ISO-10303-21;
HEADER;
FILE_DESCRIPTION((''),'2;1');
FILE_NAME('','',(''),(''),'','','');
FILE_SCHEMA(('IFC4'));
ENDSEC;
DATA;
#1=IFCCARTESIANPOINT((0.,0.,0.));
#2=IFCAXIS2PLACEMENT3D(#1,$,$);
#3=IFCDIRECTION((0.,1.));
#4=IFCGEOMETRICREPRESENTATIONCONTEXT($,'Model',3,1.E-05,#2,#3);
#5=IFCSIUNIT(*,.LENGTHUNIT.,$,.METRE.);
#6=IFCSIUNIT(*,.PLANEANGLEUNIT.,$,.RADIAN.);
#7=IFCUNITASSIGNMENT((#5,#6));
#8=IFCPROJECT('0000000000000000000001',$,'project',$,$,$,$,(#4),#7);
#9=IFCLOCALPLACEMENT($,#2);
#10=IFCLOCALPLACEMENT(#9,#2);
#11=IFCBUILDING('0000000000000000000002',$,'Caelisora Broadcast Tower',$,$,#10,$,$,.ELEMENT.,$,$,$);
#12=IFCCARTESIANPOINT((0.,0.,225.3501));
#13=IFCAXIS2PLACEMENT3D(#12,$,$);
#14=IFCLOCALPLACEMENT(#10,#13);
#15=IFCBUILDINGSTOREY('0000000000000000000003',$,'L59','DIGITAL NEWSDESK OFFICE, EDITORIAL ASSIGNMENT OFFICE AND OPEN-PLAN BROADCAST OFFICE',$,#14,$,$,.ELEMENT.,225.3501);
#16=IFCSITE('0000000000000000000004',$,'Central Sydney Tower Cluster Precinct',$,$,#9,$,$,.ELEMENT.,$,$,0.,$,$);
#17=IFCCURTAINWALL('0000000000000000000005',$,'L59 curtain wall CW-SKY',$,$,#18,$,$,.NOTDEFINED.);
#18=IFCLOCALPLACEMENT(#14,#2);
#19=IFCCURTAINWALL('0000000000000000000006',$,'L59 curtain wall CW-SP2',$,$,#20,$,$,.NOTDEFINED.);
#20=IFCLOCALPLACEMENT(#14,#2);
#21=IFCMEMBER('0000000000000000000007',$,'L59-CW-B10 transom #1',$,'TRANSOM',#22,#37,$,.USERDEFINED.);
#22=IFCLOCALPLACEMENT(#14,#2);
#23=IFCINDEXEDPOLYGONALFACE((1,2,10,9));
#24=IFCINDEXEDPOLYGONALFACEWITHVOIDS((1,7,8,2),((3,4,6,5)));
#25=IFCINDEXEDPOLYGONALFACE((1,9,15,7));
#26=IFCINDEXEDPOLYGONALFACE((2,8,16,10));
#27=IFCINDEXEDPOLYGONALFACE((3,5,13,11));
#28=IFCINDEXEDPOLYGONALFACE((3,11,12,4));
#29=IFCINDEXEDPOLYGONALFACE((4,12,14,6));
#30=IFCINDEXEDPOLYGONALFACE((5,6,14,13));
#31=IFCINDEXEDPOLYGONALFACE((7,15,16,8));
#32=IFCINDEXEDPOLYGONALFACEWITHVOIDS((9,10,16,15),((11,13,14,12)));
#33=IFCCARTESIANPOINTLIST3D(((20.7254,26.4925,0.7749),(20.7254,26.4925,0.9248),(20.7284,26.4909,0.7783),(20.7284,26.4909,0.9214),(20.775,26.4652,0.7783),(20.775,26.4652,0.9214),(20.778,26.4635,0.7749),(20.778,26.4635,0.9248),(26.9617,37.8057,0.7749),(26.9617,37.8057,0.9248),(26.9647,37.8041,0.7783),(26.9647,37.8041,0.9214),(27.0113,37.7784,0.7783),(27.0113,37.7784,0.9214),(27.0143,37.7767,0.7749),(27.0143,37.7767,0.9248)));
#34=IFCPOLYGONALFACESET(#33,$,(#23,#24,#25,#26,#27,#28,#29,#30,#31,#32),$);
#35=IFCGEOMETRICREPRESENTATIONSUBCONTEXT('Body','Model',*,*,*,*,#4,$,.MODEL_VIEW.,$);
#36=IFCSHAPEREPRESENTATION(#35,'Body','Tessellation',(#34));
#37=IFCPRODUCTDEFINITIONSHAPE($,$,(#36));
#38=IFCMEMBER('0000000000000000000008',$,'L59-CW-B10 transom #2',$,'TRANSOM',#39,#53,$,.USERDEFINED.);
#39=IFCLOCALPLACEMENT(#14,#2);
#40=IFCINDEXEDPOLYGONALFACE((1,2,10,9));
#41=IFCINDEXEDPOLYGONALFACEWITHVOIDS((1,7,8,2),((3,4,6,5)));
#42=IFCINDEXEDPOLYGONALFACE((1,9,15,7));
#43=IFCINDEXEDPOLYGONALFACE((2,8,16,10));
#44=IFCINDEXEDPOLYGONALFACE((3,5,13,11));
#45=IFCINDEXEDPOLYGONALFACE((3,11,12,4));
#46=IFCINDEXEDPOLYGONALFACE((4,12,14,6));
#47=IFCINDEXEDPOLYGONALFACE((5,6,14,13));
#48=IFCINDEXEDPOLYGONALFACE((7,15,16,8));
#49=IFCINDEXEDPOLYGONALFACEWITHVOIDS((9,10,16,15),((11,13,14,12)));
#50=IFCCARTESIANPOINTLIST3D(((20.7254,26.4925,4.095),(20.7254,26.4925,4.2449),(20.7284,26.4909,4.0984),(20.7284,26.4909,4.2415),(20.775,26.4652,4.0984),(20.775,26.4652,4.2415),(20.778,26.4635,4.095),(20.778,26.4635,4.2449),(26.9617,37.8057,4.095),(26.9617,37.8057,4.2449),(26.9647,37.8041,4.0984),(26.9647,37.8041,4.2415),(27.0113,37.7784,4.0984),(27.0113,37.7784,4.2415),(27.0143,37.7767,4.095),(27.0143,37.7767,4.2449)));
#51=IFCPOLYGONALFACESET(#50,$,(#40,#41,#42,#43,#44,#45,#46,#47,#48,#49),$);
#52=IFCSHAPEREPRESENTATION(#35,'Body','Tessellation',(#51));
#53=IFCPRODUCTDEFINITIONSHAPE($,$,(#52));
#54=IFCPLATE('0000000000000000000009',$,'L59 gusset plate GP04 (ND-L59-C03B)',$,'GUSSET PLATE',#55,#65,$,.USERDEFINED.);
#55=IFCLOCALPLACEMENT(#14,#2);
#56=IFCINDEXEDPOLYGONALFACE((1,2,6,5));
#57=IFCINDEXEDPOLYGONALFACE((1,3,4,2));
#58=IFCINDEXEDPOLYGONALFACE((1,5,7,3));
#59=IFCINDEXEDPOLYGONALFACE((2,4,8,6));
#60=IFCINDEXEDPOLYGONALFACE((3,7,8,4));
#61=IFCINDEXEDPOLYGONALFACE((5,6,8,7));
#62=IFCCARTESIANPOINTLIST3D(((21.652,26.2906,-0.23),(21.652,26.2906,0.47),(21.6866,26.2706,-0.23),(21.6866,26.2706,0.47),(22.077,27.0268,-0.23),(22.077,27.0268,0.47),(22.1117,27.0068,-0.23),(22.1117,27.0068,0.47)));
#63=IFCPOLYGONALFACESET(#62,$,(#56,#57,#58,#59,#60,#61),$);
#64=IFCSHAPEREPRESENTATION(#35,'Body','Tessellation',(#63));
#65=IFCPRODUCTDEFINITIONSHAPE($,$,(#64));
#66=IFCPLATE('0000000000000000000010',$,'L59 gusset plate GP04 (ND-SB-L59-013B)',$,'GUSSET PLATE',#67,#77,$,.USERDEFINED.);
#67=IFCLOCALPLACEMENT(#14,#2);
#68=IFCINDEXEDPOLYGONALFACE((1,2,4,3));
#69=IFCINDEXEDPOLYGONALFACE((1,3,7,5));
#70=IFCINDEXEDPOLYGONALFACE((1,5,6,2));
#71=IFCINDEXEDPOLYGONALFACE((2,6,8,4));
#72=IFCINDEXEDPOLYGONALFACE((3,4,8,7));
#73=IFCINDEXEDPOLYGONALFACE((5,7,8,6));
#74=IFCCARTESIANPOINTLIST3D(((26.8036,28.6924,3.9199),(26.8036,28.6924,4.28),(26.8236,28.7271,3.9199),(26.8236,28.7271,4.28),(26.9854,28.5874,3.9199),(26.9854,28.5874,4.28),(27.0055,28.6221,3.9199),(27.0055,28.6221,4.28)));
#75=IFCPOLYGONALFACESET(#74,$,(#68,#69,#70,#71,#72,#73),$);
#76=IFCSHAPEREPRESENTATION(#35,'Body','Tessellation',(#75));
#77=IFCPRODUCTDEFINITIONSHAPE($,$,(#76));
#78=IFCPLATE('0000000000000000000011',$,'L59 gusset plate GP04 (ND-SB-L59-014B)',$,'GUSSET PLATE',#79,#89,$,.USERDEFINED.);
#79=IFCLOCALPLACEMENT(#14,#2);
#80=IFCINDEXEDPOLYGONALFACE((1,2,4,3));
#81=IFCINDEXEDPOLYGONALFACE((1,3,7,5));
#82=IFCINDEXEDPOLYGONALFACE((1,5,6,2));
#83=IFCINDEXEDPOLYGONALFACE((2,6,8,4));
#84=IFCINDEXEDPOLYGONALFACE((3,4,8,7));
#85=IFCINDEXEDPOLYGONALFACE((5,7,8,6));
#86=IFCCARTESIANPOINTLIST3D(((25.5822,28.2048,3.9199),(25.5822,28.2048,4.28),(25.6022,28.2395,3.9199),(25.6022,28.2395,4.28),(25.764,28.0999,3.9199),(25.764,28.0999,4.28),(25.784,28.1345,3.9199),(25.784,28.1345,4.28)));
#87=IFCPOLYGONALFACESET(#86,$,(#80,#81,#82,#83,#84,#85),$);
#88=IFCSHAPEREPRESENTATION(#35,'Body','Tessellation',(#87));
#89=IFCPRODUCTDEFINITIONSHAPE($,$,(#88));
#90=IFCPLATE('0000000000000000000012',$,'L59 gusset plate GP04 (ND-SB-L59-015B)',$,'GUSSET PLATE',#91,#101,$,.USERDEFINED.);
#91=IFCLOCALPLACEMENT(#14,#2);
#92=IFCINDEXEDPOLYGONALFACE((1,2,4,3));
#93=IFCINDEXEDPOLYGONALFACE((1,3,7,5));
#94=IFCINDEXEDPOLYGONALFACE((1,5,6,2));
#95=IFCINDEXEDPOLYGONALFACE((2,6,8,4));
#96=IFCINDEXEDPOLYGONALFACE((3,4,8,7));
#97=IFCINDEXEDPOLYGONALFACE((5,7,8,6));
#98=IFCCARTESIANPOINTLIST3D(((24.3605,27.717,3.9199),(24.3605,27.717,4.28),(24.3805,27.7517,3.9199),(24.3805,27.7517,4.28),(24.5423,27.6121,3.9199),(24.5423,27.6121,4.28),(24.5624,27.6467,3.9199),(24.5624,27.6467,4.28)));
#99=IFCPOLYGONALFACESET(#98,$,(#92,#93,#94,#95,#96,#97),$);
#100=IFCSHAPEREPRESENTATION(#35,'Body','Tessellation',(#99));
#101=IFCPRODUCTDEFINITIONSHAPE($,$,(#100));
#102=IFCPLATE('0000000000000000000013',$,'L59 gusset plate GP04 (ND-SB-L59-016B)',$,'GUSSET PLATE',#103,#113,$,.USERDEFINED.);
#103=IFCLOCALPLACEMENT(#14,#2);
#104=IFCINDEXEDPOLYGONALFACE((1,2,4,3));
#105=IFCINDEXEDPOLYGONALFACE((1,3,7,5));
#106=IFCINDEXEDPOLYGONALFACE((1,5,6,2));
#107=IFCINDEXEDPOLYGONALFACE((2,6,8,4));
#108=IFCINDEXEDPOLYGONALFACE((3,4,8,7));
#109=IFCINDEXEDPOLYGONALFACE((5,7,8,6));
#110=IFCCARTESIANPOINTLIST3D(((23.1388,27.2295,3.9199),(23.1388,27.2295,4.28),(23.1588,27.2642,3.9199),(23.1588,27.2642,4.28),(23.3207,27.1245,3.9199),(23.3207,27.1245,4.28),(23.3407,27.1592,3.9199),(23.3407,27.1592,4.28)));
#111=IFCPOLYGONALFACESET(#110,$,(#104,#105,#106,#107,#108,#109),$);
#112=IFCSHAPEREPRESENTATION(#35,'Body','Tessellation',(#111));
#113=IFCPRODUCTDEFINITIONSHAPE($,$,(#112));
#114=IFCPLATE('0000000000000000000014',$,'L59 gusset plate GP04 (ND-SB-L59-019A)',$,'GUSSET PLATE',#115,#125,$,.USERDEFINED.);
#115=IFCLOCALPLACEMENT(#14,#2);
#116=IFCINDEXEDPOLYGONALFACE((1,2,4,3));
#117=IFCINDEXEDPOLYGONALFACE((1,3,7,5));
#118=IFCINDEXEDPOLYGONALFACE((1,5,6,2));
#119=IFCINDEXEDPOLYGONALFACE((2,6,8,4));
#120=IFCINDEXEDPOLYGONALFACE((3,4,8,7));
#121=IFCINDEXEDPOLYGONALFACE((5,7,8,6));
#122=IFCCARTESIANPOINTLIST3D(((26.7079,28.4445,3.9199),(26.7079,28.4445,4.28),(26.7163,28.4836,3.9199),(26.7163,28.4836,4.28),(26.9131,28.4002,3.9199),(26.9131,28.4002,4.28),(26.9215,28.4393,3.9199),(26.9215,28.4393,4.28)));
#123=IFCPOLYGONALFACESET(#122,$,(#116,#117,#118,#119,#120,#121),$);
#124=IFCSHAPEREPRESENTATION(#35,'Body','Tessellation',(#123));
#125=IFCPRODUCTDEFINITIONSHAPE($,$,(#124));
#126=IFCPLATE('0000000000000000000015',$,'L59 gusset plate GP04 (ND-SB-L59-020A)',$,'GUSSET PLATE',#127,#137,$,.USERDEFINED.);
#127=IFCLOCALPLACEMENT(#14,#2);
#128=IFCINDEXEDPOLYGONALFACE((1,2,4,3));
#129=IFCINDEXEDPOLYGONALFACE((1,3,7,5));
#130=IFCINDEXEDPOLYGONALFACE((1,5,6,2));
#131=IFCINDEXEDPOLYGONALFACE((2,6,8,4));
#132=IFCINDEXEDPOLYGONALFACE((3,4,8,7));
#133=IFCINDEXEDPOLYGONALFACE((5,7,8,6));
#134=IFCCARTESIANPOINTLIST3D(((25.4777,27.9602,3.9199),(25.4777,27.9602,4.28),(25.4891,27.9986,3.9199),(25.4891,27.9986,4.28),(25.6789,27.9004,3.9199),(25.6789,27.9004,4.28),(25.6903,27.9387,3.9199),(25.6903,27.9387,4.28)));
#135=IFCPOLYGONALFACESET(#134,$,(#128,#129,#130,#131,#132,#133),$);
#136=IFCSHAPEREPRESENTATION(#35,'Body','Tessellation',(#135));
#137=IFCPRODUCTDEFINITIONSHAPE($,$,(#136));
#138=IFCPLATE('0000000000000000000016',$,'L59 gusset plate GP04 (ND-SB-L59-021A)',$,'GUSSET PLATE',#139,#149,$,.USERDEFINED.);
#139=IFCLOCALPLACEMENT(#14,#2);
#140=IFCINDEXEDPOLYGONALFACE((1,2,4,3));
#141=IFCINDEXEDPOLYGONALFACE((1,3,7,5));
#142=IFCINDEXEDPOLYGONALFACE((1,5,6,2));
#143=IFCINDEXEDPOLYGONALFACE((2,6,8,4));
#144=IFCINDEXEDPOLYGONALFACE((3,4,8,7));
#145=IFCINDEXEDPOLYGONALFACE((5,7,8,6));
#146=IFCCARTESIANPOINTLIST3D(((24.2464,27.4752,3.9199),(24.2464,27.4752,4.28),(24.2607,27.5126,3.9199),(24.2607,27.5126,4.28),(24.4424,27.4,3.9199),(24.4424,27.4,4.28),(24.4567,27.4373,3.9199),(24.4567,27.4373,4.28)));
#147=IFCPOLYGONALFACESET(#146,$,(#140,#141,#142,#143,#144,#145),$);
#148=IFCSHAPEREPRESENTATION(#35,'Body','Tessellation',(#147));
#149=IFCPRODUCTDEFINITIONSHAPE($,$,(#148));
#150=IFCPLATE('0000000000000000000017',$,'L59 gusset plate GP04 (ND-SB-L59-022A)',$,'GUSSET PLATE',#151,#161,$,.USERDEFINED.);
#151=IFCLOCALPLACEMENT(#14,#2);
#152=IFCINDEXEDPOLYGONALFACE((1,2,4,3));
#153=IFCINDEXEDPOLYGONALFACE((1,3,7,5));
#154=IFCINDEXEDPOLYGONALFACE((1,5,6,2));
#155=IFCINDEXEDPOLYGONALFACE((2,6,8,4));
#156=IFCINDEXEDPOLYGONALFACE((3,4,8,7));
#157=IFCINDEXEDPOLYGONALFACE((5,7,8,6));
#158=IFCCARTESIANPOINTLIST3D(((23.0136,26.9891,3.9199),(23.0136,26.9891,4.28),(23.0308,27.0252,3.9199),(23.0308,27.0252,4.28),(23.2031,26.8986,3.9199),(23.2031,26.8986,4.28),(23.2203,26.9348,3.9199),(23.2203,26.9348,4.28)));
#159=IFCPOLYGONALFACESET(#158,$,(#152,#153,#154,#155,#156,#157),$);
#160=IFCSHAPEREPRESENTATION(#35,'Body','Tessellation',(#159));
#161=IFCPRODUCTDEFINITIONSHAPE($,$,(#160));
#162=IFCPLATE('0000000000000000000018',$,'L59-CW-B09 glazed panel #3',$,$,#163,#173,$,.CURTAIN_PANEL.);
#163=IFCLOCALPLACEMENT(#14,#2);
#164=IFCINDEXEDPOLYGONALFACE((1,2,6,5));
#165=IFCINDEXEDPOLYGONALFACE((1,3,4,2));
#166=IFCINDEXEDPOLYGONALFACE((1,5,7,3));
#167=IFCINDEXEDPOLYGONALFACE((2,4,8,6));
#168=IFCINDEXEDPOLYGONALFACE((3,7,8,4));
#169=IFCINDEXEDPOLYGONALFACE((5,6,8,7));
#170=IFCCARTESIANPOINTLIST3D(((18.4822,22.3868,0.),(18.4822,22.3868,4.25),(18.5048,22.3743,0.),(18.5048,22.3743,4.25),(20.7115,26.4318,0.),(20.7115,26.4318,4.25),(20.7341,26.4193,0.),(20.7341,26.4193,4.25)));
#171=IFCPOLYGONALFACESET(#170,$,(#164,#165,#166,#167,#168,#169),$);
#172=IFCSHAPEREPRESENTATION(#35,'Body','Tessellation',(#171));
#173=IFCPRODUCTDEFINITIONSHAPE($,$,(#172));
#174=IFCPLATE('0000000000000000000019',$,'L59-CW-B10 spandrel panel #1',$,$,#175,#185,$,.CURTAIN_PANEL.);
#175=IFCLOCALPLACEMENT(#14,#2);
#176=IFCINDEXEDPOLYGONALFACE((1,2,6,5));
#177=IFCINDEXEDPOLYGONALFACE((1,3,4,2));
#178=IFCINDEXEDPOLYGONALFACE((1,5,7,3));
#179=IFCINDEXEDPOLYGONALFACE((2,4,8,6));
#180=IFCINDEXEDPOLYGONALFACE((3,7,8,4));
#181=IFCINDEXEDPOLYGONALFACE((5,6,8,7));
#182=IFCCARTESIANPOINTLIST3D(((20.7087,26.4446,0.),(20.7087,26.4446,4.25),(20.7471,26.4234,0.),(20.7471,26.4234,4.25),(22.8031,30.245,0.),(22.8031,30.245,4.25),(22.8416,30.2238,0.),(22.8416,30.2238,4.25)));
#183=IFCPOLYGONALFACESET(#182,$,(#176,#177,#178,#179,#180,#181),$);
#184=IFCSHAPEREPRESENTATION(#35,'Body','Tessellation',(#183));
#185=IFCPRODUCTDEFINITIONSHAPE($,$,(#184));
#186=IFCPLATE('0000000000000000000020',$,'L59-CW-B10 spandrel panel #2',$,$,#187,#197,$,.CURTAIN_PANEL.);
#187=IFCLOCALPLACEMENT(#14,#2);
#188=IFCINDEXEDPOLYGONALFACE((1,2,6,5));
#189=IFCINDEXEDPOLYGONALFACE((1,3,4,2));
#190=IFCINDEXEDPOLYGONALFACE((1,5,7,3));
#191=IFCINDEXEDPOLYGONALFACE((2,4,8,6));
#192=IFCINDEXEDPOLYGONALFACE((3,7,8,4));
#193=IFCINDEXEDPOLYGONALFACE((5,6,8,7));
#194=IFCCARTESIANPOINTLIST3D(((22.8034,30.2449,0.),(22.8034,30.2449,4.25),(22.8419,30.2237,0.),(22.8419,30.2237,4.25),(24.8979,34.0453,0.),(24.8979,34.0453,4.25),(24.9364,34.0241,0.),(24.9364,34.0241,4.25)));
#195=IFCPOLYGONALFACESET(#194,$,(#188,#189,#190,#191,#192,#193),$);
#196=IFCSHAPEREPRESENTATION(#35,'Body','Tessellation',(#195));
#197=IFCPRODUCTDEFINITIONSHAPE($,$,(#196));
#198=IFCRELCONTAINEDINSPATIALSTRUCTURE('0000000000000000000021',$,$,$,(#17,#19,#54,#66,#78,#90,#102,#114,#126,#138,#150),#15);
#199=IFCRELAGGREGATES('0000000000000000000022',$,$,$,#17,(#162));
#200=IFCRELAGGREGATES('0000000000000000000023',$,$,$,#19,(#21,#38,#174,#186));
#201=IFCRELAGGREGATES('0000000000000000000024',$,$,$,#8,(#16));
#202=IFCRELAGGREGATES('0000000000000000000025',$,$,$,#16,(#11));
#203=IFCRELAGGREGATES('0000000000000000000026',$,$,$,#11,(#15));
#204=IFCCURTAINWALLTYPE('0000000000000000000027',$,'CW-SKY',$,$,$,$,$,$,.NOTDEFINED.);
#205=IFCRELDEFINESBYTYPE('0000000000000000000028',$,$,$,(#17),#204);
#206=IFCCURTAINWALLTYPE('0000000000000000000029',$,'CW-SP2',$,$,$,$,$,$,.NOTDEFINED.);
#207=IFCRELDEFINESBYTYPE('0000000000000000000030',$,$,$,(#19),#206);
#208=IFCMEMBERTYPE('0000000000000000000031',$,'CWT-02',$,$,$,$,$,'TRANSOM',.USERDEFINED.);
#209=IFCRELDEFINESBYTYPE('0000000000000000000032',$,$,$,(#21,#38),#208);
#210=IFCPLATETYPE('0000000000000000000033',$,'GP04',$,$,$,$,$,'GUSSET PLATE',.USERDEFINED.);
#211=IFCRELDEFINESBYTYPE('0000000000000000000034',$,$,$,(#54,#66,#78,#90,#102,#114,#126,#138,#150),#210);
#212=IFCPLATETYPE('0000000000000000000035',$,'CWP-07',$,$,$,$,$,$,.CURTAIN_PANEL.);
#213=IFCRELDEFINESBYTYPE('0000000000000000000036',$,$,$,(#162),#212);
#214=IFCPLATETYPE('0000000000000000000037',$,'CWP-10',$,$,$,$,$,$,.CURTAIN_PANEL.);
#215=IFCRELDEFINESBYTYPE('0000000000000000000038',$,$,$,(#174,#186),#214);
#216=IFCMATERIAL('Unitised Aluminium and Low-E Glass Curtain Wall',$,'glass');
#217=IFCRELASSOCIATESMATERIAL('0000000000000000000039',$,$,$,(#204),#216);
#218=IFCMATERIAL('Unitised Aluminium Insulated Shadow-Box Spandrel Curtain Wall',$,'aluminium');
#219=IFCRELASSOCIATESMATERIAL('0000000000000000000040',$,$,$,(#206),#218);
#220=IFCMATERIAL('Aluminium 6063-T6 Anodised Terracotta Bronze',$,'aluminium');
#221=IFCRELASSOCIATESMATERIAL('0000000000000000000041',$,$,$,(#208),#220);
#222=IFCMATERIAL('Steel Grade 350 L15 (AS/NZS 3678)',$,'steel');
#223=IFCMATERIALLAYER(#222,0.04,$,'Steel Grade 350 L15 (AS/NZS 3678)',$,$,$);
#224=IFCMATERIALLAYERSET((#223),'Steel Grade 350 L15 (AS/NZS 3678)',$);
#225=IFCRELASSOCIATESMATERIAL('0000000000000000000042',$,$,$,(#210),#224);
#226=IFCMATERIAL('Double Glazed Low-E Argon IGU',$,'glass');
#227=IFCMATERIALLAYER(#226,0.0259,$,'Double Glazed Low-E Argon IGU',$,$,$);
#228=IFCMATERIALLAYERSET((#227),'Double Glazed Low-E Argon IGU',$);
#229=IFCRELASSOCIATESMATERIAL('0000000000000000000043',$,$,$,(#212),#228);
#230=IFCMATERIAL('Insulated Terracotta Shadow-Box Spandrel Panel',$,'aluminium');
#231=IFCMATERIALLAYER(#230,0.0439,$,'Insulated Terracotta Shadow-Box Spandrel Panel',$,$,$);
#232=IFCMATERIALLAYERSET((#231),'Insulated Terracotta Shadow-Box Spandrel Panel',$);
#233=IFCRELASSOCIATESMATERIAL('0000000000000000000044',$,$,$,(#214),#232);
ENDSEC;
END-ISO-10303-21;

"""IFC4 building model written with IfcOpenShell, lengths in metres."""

from ifc_helpers import new_model, si_unit, direction, frame, origin, origin_2d, place, context, subcontext, project, spatial, rectangle, hollow_rectangle, extrude, source, transform, mapped, material, layer, layer_set, material_profile, profile_set, type_object, type_shapes, element, aggregate, save


model = new_model("IFC4")

# Units and contexts
model_context = context("Model", 3, precision=1e-05, world=origin(), true_north=direction((0.0, 1.0)))
body_context = subcontext(model_context, "Body", "Model", "MODEL_VIEW")
ifc_project = project(units=[si_unit("LENGTHUNIT", "METRE"), si_unit("PLANEANGLEUNIT", "RADIAN")], contexts=[model_context])

# Site, building, storey
site_placement = place(None, origin())
site = spatial("IfcSite", under=ifc_project, at=site_placement, Name="Central Sydney Tower Cluster Precinct", CompositionType="ELEMENT", RefElevation=0.0)
building_placement = place(site_placement, origin())
building = spatial("IfcBuilding", under=site, at=building_placement, Name="Caelisora Broadcast Tower", CompositionType="ELEMENT")
storey_placement = place(building_placement, frame((0.0, 0.0, 225.3501)))
storey = spatial("IfcBuildingStorey", under=building, at=storey_placement, Name="L59", Description="DIGITAL NEWSDESK OFFICE, EDITORIAL ASSIGNMENT OFFICE AND OPEN-PLAN BROADCAST OFFICE", CompositionType="ELEMENT", Elevation=225.3501)

# Shared definitions
ifc_material_1 = material(Name="Steel Grade 350 L15 (AS/NZS 3678)", Category="steel")

# Curtain wall
ifc_material_2 = material(Name="Unitised Aluminium and Low-E Glass Curtain Wall", Category="glass")
curtain_wall_type_1 = type_object("IfcCurtainWallType", Name="CW-SKY", PredefinedType="NOTDEFINED", material=ifc_material_2)
curtain_wall_1_placement = place(storey_placement, origin())
curtain_wall_1 = element("IfcCurtainWall", 1, at=curtain_wall_1_placement, inside=storey, type_object=curtain_wall_type_1, Name="L59 curtain wall CW-SKY", PredefinedType="NOTDEFINED")
ifc_material_3 = material(Name="Aluminium 6063-T6 Anodised Terracotta Bronze", Category="aluminium")

# Curtain wall, members
ifc_material_4 = material(Name="Unitised Aluminium Insulated Shadow-Box Spandrel Curtain Wall", Category="aluminium")
curtain_wall_type_2 = type_object("IfcCurtainWallType", Name="CW-SP2", PredefinedType="NOTDEFINED", material=ifc_material_4)
curtain_wall_2_placement = place(storey_placement, origin())
curtain_wall_2 = element("IfcCurtainWall", 2, at=curtain_wall_2_placement, inside=storey, type_object=curtain_wall_type_2, Name="L59 curtain wall CW-SP2", PredefinedType="NOTDEFINED")
ifc_material_profile_1 = material_profile(ifc_material_3, hollow_rectangle(XDim=0.0601, YDim=0.1499, WallThickness=0.0034, at=origin_2d()), Name="Aluminium 6063-T6 Anodised Terracotta Bronze")
ifc_profile_set_1 = profile_set([ifc_material_profile_1], Name="Aluminium 6063-T6 Anodised Terracotta Bronze")
member_type_1 = type_object("IfcMemberType", Name="CWT-02", ElementType="TRANSOM", PredefinedType="USERDEFINED", material=ifc_profile_set_1)
shared_shape_1 = source(origin(), body_context, "Body", "SweptSolid", [
    extrude(hollow_rectangle(XDim=0.0601, YDim=0.1499, WallThickness=0.0034, at=origin_2d()), origin(), (0.0, 0.0, 1.0), 12.9182),
])
type_shapes(member_type_1, [shared_shape_1])
member_1_placement = place(storey_placement, frame((20.7517, 26.478, 0.8499), z_axis=(0.482754, 0.875756, 0.0), x_axis=(-0.875756, 0.482754, 0.0)))
member_1 = element("IfcMember", 3, at=member_1_placement, type_object=member_type_1, Name="L59-CW-B10 transom #1", ObjectType="TRANSOM", PredefinedType="USERDEFINED", context=body_context, shape_type="MappedRepresentation", body=[
    mapped(shared_shape_1, transform((0.0, 0.0, 0.0), scale=1.0)),
])
member_2_placement = place(storey_placement, frame((20.7517, 26.478, 4.1699), z_axis=(0.482754, 0.875756, 0.0), x_axis=(-0.875756, 0.482754, 0.0)))
member_2 = element("IfcMember", 4, at=member_2_placement, type_object=member_type_1, Name="L59-CW-B10 transom #2", ObjectType="TRANSOM", PredefinedType="USERDEFINED", context=body_context, shape_type="MappedRepresentation", body=[
    mapped(shared_shape_1, transform((0.0, 0.0, 0.0), scale=1.0)),
])

# Plates
ifc_layer_1 = layer(ifc_material_1, 0.04, Name="Steel Grade 350 L15 (AS/NZS 3678)")
ifc_layer_set_1 = layer_set([ifc_layer_1], Name="Steel Grade 350 L15 (AS/NZS 3678)")
plate_type_1 = type_object("IfcPlateType", Name="GP04", ElementType="GUSSET PLATE", PredefinedType="USERDEFINED", material=ifc_layer_set_1)
shared_shape_2 = source(origin(), body_context, "Body", "SweptSolid", [
    extrude(rectangle(XDim=0.8501, YDim=0.04, at=origin_2d()), origin(), (0.0, 0.0, 1.0), 0.7),
])
plate_1_placement = place(storey_placement, frame((21.8818, 26.6487, -0.23), z_axis=(0.0, 0.0, 1.0), x_axis=(-0.5, -0.866025, 0.0)))
element("IfcPlate", 5, at=plate_1_placement, inside=storey, type_object=plate_type_1, Name="L59 gusset plate GP04 (ND-L59-C03B)", ObjectType="GUSSET PLATE", PredefinedType="USERDEFINED", context=body_context, shape_type="MappedRepresentation", body=[
    mapped(shared_shape_2, transform((0.0, 0.0, 0.0), scale=1.0)),
])
shared_shape_3 = source(origin(), body_context, "Body", "SweptSolid", [
    extrude(rectangle(XDim=0.21, YDim=0.04, at=origin_2d()), origin(), (0.0, 0.0, 1.0), 0.3601),
])
type_shapes(plate_type_1, [shared_shape_2, shared_shape_3])
for number, where, z_axis, x_axis, name in (
    (6, (26.9045, 28.6572, 3.9199), (0.0, 0.0, 1.0), (0.866025, -0.5, 0.0), "L59 gusset plate GP04 (ND-SB-L59-013B)"),
    (7, (25.6831, 28.1697, 3.9199), (0.0, 0.0, 1.0), (0.866025, -0.5, 0.0), "L59 gusset plate GP04 (ND-SB-L59-014B)"),
    (8, (24.4614, 27.6819, 3.9199), (0.0, 0.0, 1.0), (0.866025, -0.5, 0.0), "L59 gusset plate GP04 (ND-SB-L59-015B)"),
    (9, (23.2397, 27.1943, 3.9199), (0.0, 0.0, 1.0), (0.866025, -0.5, 0.0), "L59 gusset plate GP04 (ND-SB-L59-016B)"),
    (10, (26.8147, 28.4419, 3.9199), (0.0, 0.0, 1.0), (0.977526, -0.210813, 0.0), "L59 gusset plate GP04 (ND-SB-L59-019A)"),
    (11, (25.584, 27.9495, 3.9199), (0.0, 0.0, 1.0), (0.958572, -0.284852, 0.0), "L59 gusset plate GP04 (ND-SB-L59-020A)"),
    (12, (24.3516, 27.4563, 3.9199), (0.0, 0.0, 1.0), (0.933518, -0.358531, 0.0), "L59 gusset plate GP04 (ND-SB-L59-021A)"),
    (13, (23.1169, 26.9619, 3.9199), (0.0, 0.0, 1.0), (0.902435, -0.430826, 0.0), "L59 gusset plate GP04 (ND-SB-L59-022A)"),
):
    element("IfcPlate", number, at=place(storey_placement, frame(where, z_axis=z_axis, x_axis=x_axis)), inside=storey, type_object=plate_type_1, Name=name, ObjectType="GUSSET PLATE", PredefinedType="USERDEFINED", context=body_context, shape_type="MappedRepresentation", body=[
        mapped(shared_shape_3, transform((0.0, 0.0, 0.0), scale=1.0)),
    ])

# Plates
ifc_material_5 = material(Name="Double Glazed Low-E Argon IGU", Category="glass")
ifc_layer_2 = layer(ifc_material_5, 0.0259, Name="Double Glazed Low-E Argon IGU")
ifc_layer_set_2 = layer_set([ifc_layer_2], Name="Double Glazed Low-E Argon IGU")
plate_type_2 = type_object("IfcPlateType", Name="CWP-07", PredefinedType="CURTAIN_PANEL", material=ifc_layer_set_2)
shared_shape_4 = source(origin(), body_context, "Body", "SweptSolid", [
    extrude(rectangle(XDim=4.6187, YDim=0.0259, at=origin_2d()), origin(), (0.0, 0.0, 1.0), 4.25),
])
type_shapes(plate_type_2, [shared_shape_4])
plate_2_placement = place(storey_placement, frame((19.6082, 24.4031, 0.0), z_axis=(0.0, 0.0, 1.0), x_axis=(0.482671, 0.875802, 0.0)))
plate_2 = element("IfcPlate", 14, at=plate_2_placement, type_object=plate_type_2, Name="L59-CW-B09 glazed panel #3", PredefinedType="CURTAIN_PANEL", context=body_context, shape_type="MappedRepresentation", body=[
    mapped(shared_shape_4, transform((0.0, 0.0, 0.0), scale=1.0)),
])
aggregate(curtain_wall_1, [plate_2])
ifc_material_6 = material(Name="Insulated Terracotta Shadow-Box Spandrel Panel", Category="aluminium")
ifc_layer_3 = layer(ifc_material_6, 0.0439, Name="Insulated Terracotta Shadow-Box Spandrel Panel")
ifc_layer_set_3 = layer_set([ifc_layer_3], Name="Insulated Terracotta Shadow-Box Spandrel Panel")
plate_type_3 = type_object("IfcPlateType", Name="CWP-10", PredefinedType="CURTAIN_PANEL", material=ifc_layer_set_3)
shared_shape_5 = source(origin(), body_context, "Body", "SweptSolid", [
    extrude(rectangle(XDim=4.3394, YDim=0.0439, at=origin_2d()), origin(), (0.0, 0.0, 1.0), 4.25),
])
type_shapes(plate_type_3, [shared_shape_5])
plate_3_placement = place(storey_placement, frame((21.7751, 28.3342, 0.0), z_axis=(0.0, 0.0, 1.0), x_axis=(0.482671, 0.875802, 0.0)))
plate_3 = element("IfcPlate", 15, at=plate_3_placement, type_object=plate_type_3, Name="L59-CW-B10 spandrel panel #1", PredefinedType="CURTAIN_PANEL", context=body_context, shape_type="MappedRepresentation", body=[
    mapped(shared_shape_5, transform((0.0, 0.0, 0.0), scale=1.0)),
])
plate_4_placement = place(storey_placement, frame((23.8699, 32.1345, 0.0), z_axis=(0.0, 0.0, 1.0), x_axis=(0.482671, 0.875802, 0.0)))
plate_4 = element("IfcPlate", 16, at=plate_4_placement, type_object=plate_type_3, Name="L59-CW-B10 spandrel panel #2", PredefinedType="CURTAIN_PANEL", context=body_context, shape_type="MappedRepresentation", body=[
    mapped(shared_shape_5, transform((0.0, 0.0, 0.0), scale=1.0)),
])
aggregate(curtain_wall_2, [member_1, member_2, plate_3, plate_4])

save(model, "model.ifc")
